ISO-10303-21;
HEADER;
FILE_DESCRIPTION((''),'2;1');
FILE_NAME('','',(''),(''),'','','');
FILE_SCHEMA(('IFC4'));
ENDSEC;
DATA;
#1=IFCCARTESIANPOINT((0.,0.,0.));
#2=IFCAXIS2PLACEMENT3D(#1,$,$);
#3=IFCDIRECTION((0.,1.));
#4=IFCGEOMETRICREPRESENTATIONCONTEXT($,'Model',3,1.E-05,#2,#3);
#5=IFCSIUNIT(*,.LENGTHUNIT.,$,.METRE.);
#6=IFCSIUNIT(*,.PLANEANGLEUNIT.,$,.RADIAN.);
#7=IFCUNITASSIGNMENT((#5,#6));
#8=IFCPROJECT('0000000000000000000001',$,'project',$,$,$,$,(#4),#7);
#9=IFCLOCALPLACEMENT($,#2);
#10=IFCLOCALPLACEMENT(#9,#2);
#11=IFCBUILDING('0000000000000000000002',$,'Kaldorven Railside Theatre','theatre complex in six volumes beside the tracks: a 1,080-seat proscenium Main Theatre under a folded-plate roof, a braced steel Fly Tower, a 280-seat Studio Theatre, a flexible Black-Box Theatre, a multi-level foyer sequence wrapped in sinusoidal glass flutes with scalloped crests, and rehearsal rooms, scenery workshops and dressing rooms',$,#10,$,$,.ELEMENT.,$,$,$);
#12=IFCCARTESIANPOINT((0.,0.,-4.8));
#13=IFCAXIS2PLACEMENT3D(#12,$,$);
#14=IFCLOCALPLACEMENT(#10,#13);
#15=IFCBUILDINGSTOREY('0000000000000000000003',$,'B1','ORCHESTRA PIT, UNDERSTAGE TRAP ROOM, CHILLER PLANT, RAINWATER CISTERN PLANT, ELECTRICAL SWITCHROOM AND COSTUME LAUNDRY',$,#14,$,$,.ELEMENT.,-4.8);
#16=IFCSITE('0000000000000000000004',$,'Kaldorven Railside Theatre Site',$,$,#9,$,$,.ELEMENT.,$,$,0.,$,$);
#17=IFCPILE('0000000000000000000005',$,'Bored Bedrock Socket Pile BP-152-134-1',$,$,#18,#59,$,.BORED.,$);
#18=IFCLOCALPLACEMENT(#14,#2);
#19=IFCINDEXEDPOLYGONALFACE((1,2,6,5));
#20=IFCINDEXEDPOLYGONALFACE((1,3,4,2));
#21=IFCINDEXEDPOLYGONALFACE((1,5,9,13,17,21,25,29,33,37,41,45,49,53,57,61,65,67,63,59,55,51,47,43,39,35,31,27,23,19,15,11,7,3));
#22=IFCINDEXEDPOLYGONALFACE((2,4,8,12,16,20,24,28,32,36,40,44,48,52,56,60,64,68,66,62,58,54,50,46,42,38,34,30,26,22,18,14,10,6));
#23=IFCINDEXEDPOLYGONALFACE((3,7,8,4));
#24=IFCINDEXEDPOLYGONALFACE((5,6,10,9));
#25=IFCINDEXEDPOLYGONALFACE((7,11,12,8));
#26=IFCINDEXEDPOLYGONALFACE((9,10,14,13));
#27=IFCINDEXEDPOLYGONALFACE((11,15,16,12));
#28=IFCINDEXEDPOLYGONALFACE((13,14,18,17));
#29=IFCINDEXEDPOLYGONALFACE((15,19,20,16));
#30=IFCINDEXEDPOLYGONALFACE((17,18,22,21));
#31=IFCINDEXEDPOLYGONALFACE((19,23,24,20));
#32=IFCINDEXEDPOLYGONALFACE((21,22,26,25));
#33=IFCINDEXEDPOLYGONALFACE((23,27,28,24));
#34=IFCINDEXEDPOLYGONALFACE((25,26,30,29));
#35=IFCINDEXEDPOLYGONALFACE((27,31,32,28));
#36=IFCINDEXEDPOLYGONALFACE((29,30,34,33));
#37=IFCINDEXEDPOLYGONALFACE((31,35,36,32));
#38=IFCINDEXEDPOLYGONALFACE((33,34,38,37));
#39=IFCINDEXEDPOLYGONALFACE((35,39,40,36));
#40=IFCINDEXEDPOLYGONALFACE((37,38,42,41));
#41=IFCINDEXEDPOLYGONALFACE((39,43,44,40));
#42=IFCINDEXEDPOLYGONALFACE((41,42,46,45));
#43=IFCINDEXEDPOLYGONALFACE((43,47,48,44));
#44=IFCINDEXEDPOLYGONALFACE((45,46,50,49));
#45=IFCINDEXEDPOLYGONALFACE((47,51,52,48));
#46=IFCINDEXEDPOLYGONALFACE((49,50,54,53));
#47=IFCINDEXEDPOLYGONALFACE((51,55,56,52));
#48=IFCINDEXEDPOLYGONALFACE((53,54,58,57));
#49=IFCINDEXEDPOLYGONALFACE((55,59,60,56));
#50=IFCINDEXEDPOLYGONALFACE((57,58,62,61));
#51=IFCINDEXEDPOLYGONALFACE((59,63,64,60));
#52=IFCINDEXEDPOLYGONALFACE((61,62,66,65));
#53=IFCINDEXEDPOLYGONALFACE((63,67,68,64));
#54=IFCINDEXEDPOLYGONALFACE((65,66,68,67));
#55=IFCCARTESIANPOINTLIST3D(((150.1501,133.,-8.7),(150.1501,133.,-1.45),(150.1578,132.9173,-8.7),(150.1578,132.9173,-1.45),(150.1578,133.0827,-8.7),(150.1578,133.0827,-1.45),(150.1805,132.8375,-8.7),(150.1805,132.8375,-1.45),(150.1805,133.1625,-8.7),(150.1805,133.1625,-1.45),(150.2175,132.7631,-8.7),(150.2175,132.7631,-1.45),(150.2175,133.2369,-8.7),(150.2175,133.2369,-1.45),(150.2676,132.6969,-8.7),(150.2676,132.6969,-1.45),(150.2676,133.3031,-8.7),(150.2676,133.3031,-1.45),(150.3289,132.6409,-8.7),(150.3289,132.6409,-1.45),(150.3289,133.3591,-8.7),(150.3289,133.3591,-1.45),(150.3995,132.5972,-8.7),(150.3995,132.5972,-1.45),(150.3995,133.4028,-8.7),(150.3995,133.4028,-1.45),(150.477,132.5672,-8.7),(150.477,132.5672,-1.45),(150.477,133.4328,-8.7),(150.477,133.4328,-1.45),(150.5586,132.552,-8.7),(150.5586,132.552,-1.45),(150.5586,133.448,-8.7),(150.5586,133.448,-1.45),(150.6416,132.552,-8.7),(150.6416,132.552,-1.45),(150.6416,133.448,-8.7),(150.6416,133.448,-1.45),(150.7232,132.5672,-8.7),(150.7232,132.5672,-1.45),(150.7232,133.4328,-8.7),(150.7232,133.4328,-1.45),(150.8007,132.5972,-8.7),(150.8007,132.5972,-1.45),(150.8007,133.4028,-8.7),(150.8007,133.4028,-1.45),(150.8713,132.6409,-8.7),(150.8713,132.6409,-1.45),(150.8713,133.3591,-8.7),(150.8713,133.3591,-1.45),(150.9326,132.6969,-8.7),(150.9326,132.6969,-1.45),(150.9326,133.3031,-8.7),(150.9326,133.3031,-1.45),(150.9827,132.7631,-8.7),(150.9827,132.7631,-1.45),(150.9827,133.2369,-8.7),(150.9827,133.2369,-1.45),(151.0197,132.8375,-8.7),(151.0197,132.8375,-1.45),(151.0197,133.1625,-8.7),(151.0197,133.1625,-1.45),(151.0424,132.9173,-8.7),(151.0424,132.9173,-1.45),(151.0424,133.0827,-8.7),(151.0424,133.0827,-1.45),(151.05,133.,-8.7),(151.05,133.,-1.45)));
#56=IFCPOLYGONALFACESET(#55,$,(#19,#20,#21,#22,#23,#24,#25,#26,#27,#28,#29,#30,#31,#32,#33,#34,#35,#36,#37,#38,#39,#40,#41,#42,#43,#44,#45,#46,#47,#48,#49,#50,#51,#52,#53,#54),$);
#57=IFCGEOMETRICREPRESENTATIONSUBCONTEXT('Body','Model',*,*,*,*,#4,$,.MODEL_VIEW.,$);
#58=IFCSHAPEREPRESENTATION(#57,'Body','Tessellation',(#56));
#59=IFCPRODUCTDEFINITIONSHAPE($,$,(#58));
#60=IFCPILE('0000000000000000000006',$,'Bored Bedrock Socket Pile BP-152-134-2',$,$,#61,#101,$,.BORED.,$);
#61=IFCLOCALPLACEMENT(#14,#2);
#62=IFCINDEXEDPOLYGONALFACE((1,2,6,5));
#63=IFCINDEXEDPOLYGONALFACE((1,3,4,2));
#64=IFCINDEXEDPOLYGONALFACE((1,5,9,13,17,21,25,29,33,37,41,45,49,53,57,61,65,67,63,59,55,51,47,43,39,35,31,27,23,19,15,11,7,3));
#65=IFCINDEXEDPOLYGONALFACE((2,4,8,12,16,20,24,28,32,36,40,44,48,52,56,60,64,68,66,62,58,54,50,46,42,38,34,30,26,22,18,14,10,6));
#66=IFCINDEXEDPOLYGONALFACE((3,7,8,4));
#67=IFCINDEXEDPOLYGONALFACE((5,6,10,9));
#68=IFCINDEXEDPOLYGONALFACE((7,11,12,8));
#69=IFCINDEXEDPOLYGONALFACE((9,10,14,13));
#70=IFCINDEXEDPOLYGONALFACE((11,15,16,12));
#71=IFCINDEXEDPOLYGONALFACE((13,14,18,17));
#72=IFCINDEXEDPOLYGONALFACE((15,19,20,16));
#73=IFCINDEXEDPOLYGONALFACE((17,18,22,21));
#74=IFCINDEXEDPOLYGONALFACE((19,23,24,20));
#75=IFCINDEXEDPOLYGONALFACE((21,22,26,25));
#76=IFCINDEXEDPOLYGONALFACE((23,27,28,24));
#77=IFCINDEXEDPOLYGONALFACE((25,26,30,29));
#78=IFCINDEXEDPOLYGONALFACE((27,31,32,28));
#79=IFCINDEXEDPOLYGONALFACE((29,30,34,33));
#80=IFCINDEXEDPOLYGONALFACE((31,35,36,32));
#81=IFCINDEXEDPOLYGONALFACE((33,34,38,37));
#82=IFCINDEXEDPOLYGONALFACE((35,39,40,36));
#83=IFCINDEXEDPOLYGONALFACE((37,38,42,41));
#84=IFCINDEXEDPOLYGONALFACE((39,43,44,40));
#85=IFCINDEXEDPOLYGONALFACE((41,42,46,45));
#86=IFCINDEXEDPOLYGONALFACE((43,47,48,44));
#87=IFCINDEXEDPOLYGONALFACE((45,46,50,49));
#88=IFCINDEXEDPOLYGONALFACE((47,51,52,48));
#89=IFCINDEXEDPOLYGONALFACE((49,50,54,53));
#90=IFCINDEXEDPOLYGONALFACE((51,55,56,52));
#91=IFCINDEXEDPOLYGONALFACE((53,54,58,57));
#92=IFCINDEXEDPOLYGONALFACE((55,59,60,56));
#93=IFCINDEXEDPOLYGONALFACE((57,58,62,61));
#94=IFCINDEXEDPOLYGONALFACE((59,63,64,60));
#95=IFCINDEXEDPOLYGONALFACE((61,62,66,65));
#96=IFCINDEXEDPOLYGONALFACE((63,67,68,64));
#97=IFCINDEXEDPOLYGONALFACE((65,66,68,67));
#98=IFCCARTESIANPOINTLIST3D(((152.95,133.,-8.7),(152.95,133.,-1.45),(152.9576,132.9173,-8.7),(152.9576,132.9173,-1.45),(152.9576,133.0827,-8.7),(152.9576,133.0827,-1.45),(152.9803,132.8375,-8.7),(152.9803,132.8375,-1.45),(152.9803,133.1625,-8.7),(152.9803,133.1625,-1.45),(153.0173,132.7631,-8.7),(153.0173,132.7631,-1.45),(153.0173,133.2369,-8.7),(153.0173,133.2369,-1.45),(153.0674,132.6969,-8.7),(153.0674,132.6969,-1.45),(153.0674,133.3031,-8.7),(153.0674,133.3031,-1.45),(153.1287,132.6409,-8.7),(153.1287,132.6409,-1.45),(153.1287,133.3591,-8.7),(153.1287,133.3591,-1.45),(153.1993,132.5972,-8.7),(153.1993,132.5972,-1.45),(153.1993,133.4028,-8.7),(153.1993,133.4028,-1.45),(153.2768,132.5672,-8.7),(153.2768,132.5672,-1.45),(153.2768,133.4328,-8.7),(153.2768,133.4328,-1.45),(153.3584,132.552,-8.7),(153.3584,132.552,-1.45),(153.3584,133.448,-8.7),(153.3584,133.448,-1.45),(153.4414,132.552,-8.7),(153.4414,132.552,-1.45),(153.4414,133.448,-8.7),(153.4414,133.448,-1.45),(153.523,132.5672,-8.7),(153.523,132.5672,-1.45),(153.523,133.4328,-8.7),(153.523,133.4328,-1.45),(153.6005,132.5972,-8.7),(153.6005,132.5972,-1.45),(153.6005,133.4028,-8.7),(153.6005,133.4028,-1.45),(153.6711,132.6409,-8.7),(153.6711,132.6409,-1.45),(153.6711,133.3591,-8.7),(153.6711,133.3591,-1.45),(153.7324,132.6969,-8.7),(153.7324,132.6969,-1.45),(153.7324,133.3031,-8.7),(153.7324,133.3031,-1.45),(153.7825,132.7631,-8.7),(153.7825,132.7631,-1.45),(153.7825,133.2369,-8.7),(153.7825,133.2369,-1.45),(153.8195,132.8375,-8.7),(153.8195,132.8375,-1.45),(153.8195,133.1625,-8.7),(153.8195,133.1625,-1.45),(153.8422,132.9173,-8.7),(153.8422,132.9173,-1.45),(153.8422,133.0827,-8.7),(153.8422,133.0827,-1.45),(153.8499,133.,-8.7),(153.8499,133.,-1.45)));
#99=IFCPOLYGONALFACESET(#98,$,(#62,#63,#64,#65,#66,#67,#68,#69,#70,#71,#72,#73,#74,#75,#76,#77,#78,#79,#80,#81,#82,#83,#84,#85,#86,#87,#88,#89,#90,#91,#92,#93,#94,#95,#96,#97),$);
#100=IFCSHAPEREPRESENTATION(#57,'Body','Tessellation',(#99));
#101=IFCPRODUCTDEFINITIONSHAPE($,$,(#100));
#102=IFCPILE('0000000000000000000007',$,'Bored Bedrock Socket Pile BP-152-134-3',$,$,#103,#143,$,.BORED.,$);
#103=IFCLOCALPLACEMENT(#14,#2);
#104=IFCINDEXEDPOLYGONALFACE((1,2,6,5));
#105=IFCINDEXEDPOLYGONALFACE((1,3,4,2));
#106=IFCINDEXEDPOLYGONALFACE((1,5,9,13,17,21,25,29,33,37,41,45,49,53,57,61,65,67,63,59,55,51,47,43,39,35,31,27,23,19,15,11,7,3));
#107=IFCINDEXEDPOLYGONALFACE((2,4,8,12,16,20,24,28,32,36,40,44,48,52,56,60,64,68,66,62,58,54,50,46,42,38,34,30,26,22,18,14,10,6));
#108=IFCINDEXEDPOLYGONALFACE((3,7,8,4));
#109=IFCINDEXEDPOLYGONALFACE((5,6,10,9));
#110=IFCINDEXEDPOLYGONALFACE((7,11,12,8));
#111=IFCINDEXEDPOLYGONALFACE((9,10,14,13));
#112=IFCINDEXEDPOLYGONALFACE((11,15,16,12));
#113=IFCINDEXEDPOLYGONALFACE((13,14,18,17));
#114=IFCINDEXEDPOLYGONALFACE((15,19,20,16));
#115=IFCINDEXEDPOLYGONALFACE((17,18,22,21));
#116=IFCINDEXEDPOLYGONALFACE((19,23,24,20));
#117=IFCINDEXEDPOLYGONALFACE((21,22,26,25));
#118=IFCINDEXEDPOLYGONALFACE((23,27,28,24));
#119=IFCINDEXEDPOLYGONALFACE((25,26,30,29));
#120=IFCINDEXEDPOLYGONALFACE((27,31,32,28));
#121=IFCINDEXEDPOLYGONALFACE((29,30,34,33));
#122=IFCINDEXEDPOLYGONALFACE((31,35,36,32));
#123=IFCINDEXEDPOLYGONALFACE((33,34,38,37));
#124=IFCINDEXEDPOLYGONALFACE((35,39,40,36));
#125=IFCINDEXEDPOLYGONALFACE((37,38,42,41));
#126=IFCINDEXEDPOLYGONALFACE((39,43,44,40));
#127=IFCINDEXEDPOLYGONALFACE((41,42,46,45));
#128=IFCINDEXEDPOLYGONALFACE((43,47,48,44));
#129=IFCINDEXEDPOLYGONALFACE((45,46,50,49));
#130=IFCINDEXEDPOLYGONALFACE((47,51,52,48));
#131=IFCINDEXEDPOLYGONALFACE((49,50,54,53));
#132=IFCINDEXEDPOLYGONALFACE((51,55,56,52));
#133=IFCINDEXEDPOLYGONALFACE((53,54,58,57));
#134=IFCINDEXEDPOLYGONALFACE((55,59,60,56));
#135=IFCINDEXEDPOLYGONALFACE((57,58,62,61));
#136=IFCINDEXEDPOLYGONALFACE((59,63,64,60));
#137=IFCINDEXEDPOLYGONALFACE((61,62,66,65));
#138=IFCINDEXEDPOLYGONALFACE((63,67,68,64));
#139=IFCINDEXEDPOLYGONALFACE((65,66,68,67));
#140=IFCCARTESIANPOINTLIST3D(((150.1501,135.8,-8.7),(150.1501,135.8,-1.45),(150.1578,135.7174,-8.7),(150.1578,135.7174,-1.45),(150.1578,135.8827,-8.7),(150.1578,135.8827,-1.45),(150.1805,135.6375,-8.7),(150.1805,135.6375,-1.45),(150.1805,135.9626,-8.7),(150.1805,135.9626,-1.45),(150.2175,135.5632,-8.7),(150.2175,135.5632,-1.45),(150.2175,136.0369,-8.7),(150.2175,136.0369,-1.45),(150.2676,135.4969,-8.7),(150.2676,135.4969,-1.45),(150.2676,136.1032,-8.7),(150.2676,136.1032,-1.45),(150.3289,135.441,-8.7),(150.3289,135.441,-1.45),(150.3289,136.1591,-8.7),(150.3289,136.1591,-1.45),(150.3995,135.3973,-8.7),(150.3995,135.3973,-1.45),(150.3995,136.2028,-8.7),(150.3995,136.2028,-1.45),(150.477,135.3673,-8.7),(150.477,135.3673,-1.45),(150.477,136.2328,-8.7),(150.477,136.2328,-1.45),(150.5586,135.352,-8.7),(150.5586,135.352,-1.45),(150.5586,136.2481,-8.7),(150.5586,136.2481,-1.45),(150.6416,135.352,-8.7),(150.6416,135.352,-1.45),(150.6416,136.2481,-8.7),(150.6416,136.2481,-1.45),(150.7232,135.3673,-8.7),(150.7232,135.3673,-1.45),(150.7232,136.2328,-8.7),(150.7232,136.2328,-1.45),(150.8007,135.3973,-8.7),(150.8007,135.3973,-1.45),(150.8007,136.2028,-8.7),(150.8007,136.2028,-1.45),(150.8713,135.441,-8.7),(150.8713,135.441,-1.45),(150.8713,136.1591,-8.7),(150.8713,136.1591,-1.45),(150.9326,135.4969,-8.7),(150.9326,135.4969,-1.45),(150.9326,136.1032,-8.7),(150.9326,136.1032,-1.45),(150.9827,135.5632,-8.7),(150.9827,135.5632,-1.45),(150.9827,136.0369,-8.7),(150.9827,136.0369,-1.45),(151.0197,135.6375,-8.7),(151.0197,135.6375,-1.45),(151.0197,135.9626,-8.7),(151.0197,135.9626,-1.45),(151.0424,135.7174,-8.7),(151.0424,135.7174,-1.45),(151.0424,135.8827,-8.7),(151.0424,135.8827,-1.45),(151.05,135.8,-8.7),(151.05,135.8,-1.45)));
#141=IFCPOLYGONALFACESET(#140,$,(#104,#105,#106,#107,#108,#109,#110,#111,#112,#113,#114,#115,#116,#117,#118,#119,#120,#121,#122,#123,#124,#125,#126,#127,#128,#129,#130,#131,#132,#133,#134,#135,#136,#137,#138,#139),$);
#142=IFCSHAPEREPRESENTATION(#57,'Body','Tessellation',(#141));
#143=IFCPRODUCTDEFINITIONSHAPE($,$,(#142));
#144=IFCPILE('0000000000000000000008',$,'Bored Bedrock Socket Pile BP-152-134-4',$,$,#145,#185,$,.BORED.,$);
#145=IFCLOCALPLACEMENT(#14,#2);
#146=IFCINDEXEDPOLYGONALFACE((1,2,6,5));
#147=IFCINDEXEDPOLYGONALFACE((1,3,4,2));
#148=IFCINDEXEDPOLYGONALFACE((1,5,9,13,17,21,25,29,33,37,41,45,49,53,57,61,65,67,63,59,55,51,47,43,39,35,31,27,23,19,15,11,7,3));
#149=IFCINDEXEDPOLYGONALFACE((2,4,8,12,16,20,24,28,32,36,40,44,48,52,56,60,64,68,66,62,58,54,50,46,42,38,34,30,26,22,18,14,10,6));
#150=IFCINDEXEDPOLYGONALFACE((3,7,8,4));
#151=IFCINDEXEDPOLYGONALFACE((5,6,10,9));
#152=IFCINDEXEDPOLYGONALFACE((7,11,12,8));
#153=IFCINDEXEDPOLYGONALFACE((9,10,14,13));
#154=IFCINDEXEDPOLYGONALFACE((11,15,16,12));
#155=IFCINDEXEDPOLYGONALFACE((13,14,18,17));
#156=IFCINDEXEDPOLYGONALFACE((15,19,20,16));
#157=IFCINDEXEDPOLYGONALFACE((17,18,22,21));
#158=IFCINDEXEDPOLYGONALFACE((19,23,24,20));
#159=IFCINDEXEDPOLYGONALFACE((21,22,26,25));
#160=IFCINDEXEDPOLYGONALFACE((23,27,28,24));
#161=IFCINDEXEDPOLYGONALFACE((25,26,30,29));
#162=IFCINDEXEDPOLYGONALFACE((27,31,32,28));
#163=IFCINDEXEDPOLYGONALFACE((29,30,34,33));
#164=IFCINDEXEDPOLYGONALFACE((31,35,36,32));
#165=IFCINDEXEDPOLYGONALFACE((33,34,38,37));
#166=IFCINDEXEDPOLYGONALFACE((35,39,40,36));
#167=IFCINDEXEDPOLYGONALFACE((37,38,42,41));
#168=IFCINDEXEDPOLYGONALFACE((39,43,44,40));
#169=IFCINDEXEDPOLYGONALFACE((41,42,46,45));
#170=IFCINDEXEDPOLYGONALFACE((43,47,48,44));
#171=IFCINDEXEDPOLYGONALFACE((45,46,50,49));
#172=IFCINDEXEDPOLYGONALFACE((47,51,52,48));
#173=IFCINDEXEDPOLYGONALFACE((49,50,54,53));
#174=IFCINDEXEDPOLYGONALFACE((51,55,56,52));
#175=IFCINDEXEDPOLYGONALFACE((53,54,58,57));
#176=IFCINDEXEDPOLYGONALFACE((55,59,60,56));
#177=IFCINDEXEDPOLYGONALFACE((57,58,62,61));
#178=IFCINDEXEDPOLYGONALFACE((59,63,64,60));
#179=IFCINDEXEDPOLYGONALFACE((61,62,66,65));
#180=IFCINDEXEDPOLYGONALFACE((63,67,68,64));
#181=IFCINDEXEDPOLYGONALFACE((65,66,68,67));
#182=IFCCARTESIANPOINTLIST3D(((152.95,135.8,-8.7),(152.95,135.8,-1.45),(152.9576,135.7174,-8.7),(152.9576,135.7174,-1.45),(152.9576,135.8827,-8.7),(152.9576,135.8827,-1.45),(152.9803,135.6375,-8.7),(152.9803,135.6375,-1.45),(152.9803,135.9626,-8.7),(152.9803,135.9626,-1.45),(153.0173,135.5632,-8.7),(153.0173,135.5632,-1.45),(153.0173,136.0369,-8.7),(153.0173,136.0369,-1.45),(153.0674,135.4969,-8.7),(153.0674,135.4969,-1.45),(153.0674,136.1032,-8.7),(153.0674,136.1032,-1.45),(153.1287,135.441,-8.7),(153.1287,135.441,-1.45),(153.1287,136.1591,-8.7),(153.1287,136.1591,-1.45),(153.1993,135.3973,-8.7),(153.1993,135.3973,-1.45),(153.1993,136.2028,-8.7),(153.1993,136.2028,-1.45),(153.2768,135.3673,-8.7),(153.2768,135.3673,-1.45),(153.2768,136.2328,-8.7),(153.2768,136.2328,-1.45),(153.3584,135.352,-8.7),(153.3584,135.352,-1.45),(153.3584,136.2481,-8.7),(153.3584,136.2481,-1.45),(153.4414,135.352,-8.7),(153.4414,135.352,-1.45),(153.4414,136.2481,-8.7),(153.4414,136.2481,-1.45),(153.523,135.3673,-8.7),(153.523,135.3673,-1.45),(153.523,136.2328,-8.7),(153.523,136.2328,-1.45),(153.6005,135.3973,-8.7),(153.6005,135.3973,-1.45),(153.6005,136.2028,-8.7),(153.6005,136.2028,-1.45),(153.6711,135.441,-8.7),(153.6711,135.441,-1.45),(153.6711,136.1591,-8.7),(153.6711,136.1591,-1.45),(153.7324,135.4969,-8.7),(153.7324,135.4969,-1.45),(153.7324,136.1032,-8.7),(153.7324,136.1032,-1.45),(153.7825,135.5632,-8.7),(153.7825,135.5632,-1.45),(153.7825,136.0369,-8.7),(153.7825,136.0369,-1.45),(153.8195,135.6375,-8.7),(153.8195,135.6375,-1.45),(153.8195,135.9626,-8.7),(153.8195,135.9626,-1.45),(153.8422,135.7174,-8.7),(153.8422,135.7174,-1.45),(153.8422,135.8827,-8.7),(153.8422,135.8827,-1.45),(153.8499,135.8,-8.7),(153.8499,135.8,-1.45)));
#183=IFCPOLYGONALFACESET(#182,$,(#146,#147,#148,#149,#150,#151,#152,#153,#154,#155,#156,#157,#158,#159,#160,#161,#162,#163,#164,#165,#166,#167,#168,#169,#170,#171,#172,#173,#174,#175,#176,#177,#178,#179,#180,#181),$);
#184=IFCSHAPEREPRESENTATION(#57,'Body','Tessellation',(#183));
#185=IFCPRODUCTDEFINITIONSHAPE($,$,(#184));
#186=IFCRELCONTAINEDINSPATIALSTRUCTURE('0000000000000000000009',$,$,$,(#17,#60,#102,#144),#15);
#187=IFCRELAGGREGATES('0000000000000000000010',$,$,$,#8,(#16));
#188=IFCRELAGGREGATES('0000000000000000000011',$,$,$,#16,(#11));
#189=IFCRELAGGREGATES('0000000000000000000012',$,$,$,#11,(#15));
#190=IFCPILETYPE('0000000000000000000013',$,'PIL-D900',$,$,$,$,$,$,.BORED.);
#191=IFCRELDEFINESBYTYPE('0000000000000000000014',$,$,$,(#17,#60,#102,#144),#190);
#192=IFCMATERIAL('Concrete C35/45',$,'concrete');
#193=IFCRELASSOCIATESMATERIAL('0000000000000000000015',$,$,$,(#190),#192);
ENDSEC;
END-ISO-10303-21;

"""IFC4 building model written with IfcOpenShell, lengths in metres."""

from ifc_helpers import new_model, si_unit, direction, frame, origin, origin_2d, place, context, subcontext, project, spatial, circle, extrude, material, material_profile, profile_set, type_object, element, save


model = new_model("IFC4")

# Units and contexts
model_context = context("Model", 3, precision=1e-05, world=origin(), true_north=direction((0.0, 1.0)))
body_context = subcontext(model_context, "Body", "Model", "MODEL_VIEW")
ifc_project = project(units=[si_unit("LENGTHUNIT", "METRE"), si_unit("PLANEANGLEUNIT", "RADIAN")], contexts=[model_context])

# Site, building, storey
site_placement = place(None, origin())
site = spatial("IfcSite", under=ifc_project, at=site_placement, Name="Kaldorven Railside Theatre Site", CompositionType="ELEMENT", RefElevation=0.0)
building_placement = place(site_placement, origin())
building = spatial("IfcBuilding", under=site, at=building_placement, Name="Kaldorven Railside Theatre", Description="theatre complex in six volumes beside the tracks: a 1,080-seat proscenium Main Theatre under a folded-plate roof, a braced steel Fly Tower, a 280-seat Studio Theatre, a flexible Black-Box Theatre, a multi-level foyer sequence wrapped in sinusoidal glass flutes with scalloped crests, and rehearsal rooms, scenery workshops and dressing rooms", CompositionType="ELEMENT")
storey_placement = place(building_placement, frame((0.0, 0.0, -4.8)))
storey = spatial("IfcBuildingStorey", under=building, at=storey_placement, Name="B1", Description="ORCHESTRA PIT, UNDERSTAGE TRAP ROOM, CHILLER PLANT, RAINWATER CISTERN PLANT, ELECTRICAL SWITCHROOM AND COSTUME LAUNDRY", CompositionType="ELEMENT", Elevation=-4.8)

# Piles
ifc_material_1 = material(Name="Concrete C35/45", Category="concrete")
ifc_material_profile_1 = material_profile(ifc_material_1, circle(Radius=0.45, at=origin_2d()), Name="BP D900")
ifc_profile_set_1 = profile_set([ifc_material_profile_1], Name="Concrete C35/45")
pile_type_1 = type_object("IfcPileType", Name="PIL-D900", PredefinedType="BORED", material=ifc_profile_set_1)
for number, where, z_axis, x_axis, name in (
    (1, (150.6001, 133.0, -1.45), (0.0, 0.0, -1.0), (1.0, 0.0, 0.0), "Bored Bedrock Socket Pile BP-152-134-1"),
    (2, (153.3999, 133.0, -1.45), (0.0, 0.0, -1.0), (1.0, 0.0, 0.0), "Bored Bedrock Socket Pile BP-152-134-2"),
    (3, (150.6001, 135.8, -1.45), (0.0, 0.0, -1.0), (1.0, 0.0, 0.0), "Bored Bedrock Socket Pile BP-152-134-3"),
    (4, (153.3999, 135.8, -1.45), (0.0, 0.0, -1.0), (1.0, 0.0, 0.0), "Bored Bedrock Socket Pile BP-152-134-4"),
):
    element("IfcPile", number, at=place(storey_placement, frame(where, z_axis=z_axis, x_axis=x_axis)), inside=storey, type_object=pile_type_1, Name=name, PredefinedType="BORED", context=body_context, shape_type="SweptSolid", body=[
        extrude(circle(Radius=0.45, at=origin_2d()), origin(), (0.0, 0.0, 1.0), 7.25),
    ])

save(model, "model.ifc")
